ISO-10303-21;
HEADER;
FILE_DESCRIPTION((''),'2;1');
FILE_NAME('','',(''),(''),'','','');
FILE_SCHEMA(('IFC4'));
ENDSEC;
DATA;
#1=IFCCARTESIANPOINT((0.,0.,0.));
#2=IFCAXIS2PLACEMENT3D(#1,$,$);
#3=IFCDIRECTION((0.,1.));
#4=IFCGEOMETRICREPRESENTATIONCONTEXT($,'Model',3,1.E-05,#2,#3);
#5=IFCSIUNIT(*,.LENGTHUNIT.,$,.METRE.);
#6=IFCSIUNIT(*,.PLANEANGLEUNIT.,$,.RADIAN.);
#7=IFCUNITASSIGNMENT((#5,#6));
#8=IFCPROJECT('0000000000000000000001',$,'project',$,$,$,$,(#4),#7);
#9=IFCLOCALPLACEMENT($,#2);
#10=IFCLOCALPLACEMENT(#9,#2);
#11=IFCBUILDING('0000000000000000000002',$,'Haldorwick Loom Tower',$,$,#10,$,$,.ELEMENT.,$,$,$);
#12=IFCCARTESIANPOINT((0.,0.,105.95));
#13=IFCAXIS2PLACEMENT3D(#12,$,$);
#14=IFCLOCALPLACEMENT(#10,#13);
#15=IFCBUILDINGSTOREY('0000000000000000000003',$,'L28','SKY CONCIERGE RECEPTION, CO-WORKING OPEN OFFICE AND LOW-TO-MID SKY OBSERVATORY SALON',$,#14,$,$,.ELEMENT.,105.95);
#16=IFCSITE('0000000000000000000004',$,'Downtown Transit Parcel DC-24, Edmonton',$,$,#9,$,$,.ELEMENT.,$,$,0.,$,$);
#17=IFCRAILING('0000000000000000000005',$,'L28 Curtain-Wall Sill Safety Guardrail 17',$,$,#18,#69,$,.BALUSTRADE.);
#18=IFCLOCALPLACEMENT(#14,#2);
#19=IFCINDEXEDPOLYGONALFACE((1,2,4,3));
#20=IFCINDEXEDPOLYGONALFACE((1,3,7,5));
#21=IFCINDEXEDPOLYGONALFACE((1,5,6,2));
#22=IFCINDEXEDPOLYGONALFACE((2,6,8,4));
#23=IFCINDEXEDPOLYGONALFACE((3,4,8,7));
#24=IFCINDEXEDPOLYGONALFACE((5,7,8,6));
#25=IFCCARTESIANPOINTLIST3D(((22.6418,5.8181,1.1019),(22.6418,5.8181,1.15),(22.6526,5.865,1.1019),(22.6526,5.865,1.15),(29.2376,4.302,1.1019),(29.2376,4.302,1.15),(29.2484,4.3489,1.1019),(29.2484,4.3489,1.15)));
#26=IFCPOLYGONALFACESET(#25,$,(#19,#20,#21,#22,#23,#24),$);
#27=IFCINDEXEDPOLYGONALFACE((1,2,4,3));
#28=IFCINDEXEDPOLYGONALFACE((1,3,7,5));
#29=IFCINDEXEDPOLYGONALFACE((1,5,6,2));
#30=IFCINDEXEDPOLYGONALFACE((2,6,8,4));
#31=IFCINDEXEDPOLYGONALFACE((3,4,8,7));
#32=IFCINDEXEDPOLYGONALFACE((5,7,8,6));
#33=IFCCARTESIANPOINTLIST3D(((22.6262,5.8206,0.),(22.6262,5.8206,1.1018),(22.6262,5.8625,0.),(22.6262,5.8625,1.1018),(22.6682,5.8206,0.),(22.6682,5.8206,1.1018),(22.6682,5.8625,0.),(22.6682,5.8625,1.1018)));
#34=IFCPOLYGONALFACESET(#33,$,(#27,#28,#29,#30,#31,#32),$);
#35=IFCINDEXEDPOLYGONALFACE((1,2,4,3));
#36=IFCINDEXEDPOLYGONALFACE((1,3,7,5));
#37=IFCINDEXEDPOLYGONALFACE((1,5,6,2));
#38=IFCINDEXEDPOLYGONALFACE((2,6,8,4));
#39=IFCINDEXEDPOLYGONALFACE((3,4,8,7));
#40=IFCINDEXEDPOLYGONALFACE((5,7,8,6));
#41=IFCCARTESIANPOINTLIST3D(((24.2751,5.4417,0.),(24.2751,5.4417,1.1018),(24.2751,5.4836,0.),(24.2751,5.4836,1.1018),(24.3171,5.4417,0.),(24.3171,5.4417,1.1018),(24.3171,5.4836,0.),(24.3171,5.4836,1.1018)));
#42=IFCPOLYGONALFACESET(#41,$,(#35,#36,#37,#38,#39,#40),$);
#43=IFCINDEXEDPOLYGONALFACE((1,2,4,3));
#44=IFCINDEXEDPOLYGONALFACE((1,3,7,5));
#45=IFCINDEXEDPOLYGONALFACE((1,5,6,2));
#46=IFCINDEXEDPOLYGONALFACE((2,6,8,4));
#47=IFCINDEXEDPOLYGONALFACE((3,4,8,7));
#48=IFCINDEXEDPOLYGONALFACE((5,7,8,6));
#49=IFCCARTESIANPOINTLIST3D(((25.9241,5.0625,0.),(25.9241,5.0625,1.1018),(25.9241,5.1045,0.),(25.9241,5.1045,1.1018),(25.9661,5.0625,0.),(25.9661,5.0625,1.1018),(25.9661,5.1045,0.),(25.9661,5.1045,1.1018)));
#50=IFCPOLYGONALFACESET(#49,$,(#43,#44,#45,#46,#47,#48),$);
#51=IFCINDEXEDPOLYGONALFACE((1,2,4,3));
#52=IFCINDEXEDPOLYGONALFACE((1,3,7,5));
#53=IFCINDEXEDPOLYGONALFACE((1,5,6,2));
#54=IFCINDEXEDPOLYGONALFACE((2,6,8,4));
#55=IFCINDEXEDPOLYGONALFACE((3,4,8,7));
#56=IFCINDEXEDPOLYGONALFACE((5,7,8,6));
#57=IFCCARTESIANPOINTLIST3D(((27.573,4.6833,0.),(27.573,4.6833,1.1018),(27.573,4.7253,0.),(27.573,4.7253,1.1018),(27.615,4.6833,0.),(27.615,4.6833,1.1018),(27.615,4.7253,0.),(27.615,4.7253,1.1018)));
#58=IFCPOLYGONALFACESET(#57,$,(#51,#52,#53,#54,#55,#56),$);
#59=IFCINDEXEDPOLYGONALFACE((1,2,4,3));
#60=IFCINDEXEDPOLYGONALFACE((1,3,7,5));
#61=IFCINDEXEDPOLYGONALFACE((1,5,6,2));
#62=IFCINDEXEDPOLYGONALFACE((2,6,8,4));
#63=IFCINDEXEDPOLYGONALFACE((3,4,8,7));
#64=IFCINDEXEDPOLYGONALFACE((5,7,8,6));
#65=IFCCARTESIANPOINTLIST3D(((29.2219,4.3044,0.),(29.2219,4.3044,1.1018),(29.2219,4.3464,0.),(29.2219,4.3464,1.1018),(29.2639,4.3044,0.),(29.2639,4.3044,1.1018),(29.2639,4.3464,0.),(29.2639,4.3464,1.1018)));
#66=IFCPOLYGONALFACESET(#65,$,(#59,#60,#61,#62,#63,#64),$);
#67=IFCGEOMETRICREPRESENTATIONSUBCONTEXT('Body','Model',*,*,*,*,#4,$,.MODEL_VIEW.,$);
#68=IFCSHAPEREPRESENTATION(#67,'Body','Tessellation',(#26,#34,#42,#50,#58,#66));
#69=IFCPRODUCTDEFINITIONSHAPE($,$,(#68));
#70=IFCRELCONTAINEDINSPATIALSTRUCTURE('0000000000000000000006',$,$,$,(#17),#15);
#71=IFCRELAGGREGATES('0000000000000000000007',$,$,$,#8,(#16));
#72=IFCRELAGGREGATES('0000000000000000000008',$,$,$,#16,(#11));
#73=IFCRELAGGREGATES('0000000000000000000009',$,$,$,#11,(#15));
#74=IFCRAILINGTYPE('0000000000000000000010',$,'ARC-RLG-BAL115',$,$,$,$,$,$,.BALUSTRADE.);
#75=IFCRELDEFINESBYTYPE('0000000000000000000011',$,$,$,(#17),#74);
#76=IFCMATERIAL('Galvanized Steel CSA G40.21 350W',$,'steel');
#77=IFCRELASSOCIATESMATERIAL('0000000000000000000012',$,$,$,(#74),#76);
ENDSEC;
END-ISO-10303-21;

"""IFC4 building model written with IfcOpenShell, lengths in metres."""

from ifc_helpers import new_model, si_unit, direction, frame, origin, origin_2d, place, context, subcontext, project, spatial, rectangle, extrude, material, type_object, element, save


model = new_model("IFC4")

# Units and contexts
model_context = context("Model", 3, precision=1e-05, world=origin(), true_north=direction((0.0, 1.0)))
body_context = subcontext(model_context, "Body", "Model", "MODEL_VIEW")
ifc_project = project(units=[si_unit("LENGTHUNIT", "METRE"), si_unit("PLANEANGLEUNIT", "RADIAN")], contexts=[model_context])

# Site, building, storey
site_placement = place(None, origin())
site = spatial("IfcSite", under=ifc_project, at=site_placement, Name="Downtown Transit Parcel DC-24, Edmonton", CompositionType="ELEMENT", RefElevation=0.0)
building_placement = place(site_placement, origin())
building = spatial("IfcBuilding", under=site, at=building_placement, Name="Haldorwick Loom Tower", CompositionType="ELEMENT")
storey_placement = place(building_placement, frame((0.0, 0.0, 105.95)))
storey = spatial("IfcBuildingStorey", under=building, at=storey_placement, Name="L28", Description="SKY CONCIERGE RECEPTION, CO-WORKING OPEN OFFICE AND LOW-TO-MID SKY OBSERVATORY SALON", CompositionType="ELEMENT", Elevation=105.95)

# Railing
ifc_material_1 = material(Name="Galvanized Steel CSA G40.21 350W", Category="steel")
railing_type = type_object("IfcRailingType", Name="ARC-RLG-BAL115", PredefinedType="BALUSTRADE", material=ifc_material_1)
railing_placement = place(storey_placement, frame((22.6472, 5.8416, 0.0)))
element("IfcRailing", 1, at=railing_placement, inside=storey, type_object=railing_type, Name="L28 Curtain-Wall Sill Safety Guardrail 17", PredefinedType="BALUSTRADE", context=body_context, shape_type="SweptSolid", body=[
    extrude(rectangle(XDim=0.0481, YDim=0.0481, at=origin_2d()), frame((0.0, 0.0, 1.126), z_axis=(0.974584, -0.224022, 0.0), x_axis=(0.224022, 0.974584, 0.0)), (0.0, 0.0, 1.0), 6.7678),
    extrude(rectangle(XDim=0.042, YDim=0.042, at=origin_2d()), origin(), (0.0, 0.0, 1.0), 1.1018),
    extrude(rectangle(XDim=0.042, YDim=0.042, at=origin_2d()), frame((1.6489, -0.3789, 0.0)), (0.0, 0.0, 1.0), 1.1018),
    extrude(rectangle(XDim=0.042, YDim=0.042, at=origin_2d()), frame((3.2979, -0.7581, 0.0)), (0.0, 0.0, 1.0), 1.1018),
    extrude(rectangle(XDim=0.042, YDim=0.042, at=origin_2d()), frame((4.9468, -1.1372, 0.0)), (0.0, 0.0, 1.0), 1.1018),
    extrude(rectangle(XDim=0.042, YDim=0.042, at=origin_2d()), frame((6.5957, -1.5161, 0.0)), (0.0, 0.0, 1.0), 1.1018),
])

save(model, "model.ifc")
